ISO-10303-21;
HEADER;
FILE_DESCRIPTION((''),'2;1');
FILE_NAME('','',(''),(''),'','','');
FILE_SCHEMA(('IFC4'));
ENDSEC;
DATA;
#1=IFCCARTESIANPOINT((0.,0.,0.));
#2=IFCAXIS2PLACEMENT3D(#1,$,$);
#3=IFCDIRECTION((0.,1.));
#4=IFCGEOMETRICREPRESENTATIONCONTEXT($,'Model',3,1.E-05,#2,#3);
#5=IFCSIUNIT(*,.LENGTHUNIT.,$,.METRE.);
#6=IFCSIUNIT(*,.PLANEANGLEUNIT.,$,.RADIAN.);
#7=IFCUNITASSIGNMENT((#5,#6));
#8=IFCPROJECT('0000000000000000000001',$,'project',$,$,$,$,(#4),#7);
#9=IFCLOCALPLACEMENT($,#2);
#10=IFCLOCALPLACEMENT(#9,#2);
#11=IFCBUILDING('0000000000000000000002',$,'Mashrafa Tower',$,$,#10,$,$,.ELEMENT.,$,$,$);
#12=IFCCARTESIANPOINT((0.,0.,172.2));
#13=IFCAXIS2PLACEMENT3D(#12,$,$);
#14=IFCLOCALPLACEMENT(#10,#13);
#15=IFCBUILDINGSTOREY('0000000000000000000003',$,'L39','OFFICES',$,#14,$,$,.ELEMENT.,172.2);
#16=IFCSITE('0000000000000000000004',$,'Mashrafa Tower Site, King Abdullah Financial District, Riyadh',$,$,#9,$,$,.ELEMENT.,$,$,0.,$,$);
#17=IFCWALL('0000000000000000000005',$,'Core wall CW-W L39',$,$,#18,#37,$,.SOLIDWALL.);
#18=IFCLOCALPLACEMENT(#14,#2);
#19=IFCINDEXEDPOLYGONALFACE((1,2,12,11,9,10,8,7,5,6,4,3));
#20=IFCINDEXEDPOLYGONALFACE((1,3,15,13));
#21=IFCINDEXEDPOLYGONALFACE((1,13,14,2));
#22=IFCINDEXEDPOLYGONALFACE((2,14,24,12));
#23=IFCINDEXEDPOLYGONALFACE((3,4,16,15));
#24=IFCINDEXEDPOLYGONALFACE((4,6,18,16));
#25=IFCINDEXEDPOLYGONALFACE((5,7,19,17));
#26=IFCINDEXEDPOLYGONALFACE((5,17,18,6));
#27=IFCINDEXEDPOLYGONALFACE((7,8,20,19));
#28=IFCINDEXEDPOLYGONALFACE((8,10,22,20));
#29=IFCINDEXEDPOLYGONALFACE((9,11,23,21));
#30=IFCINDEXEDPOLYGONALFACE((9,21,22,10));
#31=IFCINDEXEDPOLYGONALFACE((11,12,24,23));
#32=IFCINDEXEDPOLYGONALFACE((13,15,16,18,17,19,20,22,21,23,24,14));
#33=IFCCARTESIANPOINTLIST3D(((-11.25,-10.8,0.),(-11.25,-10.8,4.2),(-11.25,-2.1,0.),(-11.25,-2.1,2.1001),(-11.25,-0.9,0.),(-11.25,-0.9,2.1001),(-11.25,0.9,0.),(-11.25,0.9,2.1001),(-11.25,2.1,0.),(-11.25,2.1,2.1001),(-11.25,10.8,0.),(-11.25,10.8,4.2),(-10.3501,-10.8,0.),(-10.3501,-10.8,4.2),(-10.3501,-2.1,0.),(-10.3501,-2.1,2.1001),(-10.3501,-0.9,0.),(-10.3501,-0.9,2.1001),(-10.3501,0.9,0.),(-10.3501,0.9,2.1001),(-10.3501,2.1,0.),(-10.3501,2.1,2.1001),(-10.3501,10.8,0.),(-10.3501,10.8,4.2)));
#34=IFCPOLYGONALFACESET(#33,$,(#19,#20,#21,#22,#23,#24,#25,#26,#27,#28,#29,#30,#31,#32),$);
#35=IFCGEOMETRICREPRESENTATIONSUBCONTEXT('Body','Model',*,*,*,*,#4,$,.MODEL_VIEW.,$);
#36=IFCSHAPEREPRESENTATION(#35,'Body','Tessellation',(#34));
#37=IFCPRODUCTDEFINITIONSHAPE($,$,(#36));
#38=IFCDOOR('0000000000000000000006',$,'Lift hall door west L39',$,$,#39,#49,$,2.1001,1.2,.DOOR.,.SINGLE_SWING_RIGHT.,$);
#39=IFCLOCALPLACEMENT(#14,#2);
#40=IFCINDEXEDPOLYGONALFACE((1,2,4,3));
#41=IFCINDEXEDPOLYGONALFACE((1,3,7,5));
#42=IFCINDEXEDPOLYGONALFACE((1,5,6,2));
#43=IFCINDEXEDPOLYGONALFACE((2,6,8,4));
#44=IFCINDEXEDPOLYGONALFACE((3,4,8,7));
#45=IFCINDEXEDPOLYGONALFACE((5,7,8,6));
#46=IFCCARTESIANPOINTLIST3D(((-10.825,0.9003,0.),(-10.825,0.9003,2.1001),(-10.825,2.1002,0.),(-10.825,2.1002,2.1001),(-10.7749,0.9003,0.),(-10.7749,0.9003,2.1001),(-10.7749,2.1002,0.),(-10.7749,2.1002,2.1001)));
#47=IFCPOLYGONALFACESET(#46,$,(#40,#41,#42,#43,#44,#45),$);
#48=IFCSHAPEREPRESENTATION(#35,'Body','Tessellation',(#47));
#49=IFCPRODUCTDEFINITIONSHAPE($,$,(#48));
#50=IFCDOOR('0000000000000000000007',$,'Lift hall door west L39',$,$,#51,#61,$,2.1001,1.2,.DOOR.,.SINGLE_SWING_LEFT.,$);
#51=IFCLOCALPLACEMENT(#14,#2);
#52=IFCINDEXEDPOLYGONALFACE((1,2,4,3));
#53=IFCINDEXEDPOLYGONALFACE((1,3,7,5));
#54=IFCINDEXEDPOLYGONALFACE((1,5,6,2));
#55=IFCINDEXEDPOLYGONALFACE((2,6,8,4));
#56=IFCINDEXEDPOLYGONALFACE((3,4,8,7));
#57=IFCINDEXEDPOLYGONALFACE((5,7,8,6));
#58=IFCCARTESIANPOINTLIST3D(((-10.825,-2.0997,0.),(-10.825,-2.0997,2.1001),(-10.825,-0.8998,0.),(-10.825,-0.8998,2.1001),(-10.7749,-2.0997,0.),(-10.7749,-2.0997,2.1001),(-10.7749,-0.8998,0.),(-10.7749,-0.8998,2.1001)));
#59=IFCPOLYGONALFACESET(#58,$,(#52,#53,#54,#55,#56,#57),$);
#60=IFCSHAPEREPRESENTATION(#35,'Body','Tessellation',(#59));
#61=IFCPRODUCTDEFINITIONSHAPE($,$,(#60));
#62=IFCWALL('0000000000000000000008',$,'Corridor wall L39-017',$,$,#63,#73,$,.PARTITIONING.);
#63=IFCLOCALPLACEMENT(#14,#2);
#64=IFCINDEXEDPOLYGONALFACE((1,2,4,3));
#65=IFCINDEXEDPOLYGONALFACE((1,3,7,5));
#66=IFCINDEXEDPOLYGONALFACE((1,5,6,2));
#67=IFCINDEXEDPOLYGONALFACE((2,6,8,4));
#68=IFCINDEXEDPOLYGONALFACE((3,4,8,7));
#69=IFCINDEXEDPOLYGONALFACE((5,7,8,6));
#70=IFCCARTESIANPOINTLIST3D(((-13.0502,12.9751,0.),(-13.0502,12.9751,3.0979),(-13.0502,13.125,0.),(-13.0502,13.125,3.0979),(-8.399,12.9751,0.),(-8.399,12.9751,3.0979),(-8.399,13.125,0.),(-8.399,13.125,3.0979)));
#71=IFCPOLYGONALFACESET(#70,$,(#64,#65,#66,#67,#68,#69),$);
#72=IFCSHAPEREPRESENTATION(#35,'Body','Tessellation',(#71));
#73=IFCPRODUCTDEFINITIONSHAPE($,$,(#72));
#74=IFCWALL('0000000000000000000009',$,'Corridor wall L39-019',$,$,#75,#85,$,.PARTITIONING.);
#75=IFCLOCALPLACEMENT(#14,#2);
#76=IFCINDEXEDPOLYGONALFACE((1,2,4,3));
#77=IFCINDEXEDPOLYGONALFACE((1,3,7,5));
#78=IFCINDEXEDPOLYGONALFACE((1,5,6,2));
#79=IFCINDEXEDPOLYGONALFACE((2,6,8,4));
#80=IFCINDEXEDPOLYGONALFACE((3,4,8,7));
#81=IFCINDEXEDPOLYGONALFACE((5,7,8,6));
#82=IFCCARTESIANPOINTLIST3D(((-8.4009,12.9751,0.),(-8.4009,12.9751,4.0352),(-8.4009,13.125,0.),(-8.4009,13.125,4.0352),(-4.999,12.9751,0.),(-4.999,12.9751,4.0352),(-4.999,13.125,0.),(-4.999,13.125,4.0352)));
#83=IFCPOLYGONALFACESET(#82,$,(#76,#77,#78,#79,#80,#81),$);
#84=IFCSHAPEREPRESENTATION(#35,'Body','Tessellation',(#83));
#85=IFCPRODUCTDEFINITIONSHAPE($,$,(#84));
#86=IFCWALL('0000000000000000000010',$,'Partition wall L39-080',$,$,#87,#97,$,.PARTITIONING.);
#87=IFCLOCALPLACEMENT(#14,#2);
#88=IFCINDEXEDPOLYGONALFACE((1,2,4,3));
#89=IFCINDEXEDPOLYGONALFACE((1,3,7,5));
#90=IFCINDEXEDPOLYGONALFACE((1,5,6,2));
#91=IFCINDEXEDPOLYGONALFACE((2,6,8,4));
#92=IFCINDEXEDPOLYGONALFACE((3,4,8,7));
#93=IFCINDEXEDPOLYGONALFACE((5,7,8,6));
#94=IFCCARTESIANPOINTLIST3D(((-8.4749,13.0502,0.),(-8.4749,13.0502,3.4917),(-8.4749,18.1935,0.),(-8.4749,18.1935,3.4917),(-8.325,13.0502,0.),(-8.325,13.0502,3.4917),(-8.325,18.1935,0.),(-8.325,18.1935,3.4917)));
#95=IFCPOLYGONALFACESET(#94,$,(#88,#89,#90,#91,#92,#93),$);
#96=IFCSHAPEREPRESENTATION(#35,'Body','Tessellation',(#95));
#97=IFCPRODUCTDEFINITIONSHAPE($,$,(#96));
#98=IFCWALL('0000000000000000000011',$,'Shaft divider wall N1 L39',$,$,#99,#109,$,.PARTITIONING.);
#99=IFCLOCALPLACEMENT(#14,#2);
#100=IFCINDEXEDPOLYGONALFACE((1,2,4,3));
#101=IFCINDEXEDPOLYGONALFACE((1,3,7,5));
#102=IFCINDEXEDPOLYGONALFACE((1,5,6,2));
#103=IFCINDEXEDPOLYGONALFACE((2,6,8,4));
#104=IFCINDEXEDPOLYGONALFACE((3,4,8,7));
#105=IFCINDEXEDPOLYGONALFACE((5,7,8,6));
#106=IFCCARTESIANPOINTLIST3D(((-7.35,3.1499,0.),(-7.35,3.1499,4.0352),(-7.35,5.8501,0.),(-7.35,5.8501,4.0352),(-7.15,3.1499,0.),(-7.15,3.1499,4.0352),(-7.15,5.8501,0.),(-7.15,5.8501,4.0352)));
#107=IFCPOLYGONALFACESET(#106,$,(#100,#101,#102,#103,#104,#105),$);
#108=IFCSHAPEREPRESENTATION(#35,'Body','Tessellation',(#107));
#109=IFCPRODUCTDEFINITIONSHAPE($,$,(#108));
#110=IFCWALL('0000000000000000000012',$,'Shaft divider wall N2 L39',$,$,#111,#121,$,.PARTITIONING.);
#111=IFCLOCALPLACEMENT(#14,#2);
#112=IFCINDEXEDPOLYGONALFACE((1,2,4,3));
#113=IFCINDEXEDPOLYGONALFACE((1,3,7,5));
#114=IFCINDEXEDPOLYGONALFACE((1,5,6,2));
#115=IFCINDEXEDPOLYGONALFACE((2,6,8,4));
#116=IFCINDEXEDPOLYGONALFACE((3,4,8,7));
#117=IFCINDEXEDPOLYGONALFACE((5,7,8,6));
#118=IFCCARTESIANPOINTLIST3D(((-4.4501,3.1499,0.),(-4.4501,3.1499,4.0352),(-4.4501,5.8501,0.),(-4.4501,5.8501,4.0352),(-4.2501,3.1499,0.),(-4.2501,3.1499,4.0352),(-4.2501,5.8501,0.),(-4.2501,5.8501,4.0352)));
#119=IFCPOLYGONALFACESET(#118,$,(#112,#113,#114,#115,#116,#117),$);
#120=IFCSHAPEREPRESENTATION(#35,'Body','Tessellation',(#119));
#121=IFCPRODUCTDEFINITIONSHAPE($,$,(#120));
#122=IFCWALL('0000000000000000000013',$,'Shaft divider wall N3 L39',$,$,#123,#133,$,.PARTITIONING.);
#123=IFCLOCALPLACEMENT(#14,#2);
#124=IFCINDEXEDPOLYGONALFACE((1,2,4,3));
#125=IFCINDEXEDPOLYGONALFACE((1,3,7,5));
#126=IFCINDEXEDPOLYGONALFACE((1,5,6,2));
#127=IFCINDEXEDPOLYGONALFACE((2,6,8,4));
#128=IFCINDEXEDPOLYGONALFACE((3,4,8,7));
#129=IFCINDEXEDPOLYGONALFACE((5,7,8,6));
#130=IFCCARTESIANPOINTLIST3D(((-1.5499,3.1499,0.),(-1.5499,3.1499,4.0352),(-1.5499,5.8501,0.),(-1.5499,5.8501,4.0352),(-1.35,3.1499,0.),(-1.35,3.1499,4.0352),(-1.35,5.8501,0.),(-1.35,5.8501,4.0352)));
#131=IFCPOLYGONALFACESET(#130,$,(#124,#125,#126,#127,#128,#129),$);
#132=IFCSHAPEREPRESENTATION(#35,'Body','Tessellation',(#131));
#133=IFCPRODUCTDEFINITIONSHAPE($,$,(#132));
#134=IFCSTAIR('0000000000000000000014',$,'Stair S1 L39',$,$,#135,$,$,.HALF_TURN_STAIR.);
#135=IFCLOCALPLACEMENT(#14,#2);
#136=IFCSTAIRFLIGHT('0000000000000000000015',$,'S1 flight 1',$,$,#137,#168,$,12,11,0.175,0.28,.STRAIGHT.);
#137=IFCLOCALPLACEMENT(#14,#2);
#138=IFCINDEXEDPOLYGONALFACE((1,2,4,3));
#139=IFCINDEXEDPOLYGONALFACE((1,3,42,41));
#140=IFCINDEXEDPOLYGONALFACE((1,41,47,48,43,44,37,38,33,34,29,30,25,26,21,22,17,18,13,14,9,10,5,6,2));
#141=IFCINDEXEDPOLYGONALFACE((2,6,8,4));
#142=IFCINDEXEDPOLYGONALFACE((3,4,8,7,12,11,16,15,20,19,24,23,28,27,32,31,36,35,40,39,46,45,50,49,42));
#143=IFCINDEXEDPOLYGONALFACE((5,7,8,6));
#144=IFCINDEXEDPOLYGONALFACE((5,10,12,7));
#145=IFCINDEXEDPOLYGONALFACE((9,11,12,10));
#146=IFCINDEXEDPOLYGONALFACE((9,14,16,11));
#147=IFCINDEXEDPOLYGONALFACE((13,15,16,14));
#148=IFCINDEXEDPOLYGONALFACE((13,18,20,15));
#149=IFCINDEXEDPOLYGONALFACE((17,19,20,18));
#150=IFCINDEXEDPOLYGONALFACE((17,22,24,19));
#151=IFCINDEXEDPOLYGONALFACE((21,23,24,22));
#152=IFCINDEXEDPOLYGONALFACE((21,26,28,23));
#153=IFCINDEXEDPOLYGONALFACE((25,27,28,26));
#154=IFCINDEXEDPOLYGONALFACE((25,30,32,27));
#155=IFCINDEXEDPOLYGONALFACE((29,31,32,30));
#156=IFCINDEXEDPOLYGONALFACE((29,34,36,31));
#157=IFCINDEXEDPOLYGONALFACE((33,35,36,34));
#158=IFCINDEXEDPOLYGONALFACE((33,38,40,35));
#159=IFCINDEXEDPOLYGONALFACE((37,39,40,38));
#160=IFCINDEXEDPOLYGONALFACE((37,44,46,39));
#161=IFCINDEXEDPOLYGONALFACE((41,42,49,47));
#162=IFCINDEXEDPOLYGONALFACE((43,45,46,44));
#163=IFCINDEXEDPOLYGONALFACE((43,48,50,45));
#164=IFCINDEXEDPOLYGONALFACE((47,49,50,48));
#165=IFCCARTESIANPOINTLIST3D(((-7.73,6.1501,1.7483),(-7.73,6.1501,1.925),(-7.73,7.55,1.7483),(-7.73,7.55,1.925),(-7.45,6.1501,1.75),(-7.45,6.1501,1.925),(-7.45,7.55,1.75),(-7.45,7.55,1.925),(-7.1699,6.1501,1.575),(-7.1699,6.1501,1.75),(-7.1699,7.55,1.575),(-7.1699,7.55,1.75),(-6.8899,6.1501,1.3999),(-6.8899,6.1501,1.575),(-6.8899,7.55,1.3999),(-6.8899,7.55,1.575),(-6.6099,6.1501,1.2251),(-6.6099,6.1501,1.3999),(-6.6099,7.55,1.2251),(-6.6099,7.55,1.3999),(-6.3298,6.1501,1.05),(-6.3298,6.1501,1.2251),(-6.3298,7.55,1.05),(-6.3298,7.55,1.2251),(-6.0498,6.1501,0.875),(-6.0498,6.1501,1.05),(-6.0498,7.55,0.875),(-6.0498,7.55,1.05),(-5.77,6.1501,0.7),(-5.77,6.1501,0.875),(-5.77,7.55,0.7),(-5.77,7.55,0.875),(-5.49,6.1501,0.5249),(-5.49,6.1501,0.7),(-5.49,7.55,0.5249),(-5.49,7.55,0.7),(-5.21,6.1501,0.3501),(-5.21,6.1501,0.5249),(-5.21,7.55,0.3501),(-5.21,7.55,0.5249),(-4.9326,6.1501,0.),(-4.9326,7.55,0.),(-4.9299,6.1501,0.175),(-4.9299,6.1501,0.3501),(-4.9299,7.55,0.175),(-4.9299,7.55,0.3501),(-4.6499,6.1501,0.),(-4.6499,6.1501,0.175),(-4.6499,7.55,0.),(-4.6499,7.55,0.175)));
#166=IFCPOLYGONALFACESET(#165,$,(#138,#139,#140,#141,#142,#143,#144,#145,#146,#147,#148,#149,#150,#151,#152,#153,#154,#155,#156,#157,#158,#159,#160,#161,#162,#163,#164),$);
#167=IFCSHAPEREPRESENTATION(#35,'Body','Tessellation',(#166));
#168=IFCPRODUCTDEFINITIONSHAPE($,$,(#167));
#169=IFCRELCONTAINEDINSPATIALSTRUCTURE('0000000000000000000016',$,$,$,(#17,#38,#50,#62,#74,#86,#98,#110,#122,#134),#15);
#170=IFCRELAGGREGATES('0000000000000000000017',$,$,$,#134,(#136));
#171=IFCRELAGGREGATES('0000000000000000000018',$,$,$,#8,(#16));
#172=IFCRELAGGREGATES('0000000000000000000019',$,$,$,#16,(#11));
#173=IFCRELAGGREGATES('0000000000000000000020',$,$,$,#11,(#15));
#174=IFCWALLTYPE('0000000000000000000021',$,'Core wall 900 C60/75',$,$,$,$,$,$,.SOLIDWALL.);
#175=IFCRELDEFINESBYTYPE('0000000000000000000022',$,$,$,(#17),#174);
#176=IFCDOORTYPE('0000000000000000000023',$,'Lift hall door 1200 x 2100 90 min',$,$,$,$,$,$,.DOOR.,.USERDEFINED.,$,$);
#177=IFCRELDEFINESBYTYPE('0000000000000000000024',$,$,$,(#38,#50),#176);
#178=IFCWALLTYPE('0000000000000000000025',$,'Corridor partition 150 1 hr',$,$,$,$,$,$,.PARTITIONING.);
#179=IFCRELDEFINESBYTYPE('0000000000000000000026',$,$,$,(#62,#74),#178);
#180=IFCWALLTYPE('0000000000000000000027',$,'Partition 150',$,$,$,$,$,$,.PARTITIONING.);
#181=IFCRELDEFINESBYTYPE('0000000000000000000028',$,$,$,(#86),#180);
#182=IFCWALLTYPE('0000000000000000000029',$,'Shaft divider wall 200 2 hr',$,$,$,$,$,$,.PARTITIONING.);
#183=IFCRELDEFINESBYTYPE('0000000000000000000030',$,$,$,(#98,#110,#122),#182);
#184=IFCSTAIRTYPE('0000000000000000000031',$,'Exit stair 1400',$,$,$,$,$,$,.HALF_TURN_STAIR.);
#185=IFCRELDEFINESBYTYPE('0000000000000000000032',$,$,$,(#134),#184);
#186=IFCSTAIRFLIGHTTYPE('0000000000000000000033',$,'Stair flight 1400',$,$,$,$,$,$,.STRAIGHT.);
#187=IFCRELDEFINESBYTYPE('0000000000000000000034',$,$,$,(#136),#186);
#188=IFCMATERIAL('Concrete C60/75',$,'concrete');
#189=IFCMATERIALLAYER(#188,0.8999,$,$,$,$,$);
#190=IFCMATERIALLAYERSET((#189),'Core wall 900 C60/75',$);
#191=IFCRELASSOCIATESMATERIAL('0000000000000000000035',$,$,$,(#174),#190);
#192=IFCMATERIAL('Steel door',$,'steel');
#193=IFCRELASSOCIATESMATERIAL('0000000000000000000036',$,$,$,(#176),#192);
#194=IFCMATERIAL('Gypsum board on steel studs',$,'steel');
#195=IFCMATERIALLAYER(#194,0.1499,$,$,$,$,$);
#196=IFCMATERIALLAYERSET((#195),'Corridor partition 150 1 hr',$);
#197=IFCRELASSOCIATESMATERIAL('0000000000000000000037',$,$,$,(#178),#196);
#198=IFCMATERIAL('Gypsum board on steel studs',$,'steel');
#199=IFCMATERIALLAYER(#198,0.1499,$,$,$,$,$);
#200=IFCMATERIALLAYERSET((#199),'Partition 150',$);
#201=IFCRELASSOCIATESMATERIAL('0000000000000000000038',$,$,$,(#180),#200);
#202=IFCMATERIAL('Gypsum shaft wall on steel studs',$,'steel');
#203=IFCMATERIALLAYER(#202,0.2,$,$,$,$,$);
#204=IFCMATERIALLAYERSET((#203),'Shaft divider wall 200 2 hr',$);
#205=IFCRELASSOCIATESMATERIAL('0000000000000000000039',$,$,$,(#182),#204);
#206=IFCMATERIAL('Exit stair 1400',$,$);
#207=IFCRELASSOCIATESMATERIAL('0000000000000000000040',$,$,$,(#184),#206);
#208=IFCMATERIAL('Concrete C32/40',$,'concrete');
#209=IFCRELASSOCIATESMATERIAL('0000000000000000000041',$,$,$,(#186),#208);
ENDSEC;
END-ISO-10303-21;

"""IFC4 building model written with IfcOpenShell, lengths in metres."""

from ifc_helpers import new_model, si_unit, direction, frame, frame_2d, origin, place, context, subcontext, project, spatial, polyline, rectangle, outline, extrude, material, layer, layer_set, type_object, element, fill, aggregate, save


model = new_model("IFC4")

# Units and contexts
model_context = context("Model", 3, precision=1e-05, world=origin(), true_north=direction((0.0, 1.0)))
body_context = subcontext(model_context, "Body", "Model", "MODEL_VIEW")
ifc_project = project(units=[si_unit("LENGTHUNIT", "METRE"), si_unit("PLANEANGLEUNIT", "RADIAN")], contexts=[model_context])

# Site, building, storey
site_placement = place(None, origin())
site = spatial("IfcSite", under=ifc_project, at=site_placement, Name="Mashrafa Tower Site, King Abdullah Financial District, Riyadh", CompositionType="ELEMENT", RefElevation=0.0)
building_placement = place(site_placement, origin())
building = spatial("IfcBuilding", under=site, at=building_placement, Name="Mashrafa Tower", CompositionType="ELEMENT")
storey_placement = place(building_placement, frame((0.0, 0.0, 172.2)))
storey = spatial("IfcBuildingStorey", under=building, at=storey_placement, Name="L39", Description="OFFICES", CompositionType="ELEMENT", Elevation=172.2)

# Wall, openings, doors
ifc_material_1 = material(Name="Concrete C60/75", Category="concrete")
ifc_layer_1 = layer(ifc_material_1, 0.8999)
ifc_layer_set_1 = layer_set([ifc_layer_1], Name="Core wall 900 C60/75")
wall_type_1 = type_object("IfcWallType", Name="Core wall 900 C60/75", PredefinedType="SOLIDWALL", material=ifc_layer_set_1)
wall_1_placement = place(storey_placement, frame((-10.8, 10.8, 0.0), z_axis=(0.0, 0.0, 1.0), x_axis=(0.0, -1.0, 0.0)))
wall_1 = element("IfcWall", 1, at=wall_1_placement, inside=storey, type_object=wall_type_1, Name="Core wall CW-W L39", PredefinedType="SOLIDWALL", context=body_context, shape_type="SweptSolid", body=[
    extrude(rectangle(XDim=21.6001, YDim=0.8999, at=frame_2d((10.8, 0.0))), origin(), (0.0, 0.0, 1.0), 4.2),
])
opening_1_placement = place(wall_1_placement, frame((8.7, 0.0, 0.0)))
opening_1 = element("IfcOpeningElement", 2, at=opening_1_placement, cuts=wall_1, PredefinedType="OPENING", context=body_context, shape_type="SweptSolid", body=[
    extrude(rectangle(XDim=1.2, YDim=2.1001, at=frame_2d((0.6001, 1.05))), frame((0.0, 0.46, 0.0), z_axis=(0.0, -1.0, 0.0), x_axis=(1.0, 0.0, 0.0)), (0.0, 0.0, 1.0), 0.9199),
])
opening_2_placement = place(wall_1_placement, frame((11.7, 0.0, 0.0)))
opening_2 = element("IfcOpeningElement", 3, at=opening_2_placement, cuts=wall_1, PredefinedType="OPENING", context=body_context, shape_type="SweptSolid", body=[
    extrude(rectangle(XDim=1.2, YDim=2.1001, at=frame_2d((0.6001, 1.05))), frame((0.0, 0.46, 0.0), z_axis=(0.0, -1.0, 0.0), x_axis=(1.0, 0.0, 0.0)), (0.0, 0.0, 1.0), 0.9199),
])
ifc_material_2 = material(Name="Steel door", Category="steel")
door_type_1 = type_object("IfcDoorType", Name="Lift hall door 1200 x 2100 90 min", OperationType="USERDEFINED", PredefinedType="DOOR", material=ifc_material_2)
door_1_placement = place(opening_1_placement, frame((1.2, 0.0, 0.0), z_axis=(0.0, 0.0, 1.0), x_axis=(-1.0, 0.0, 0.0)))
door_1 = element("IfcDoor", 4, at=door_1_placement, inside=storey, type_object=door_type_1, Name="Lift hall door west L39", OperationType="SINGLE_SWING_RIGHT", OverallHeight=2.1001, OverallWidth=1.2, PredefinedType="DOOR", context=body_context, shape_type="SweptSolid", body=[
    extrude(rectangle(XDim=1.2, YDim=2.1001, at=frame_2d((0.6001, 1.05))), frame((0.0, 0.0249, 0.0), z_axis=(0.0, -1.0, 0.0), x_axis=(1.0, 0.0, 0.0)), (0.0, 0.0, 1.0), 0.05),
])
fill(opening_1, door_1)
door_2_placement = place(opening_2_placement, frame((1.2, 0.0, 0.0), z_axis=(0.0, 0.0, 1.0), x_axis=(-1.0, 0.0, 0.0)))
door_2 = element("IfcDoor", 5, at=door_2_placement, inside=storey, type_object=door_type_1, Name="Lift hall door west L39", OperationType="SINGLE_SWING_LEFT", OverallHeight=2.1001, OverallWidth=1.2, PredefinedType="DOOR", context=body_context, shape_type="SweptSolid", body=[
    extrude(rectangle(XDim=1.2, YDim=2.1001, at=frame_2d((0.6001, 1.05))), frame((0.0, 0.0249, 0.0), z_axis=(0.0, -1.0, 0.0), x_axis=(1.0, 0.0, 0.0)), (0.0, 0.0, 1.0), 0.05),
])
fill(opening_2, door_2)

# Walls
ifc_material_3 = material(Name="Gypsum board on steel studs", Category="steel")
ifc_layer_2 = layer(ifc_material_3, 0.1499)
ifc_layer_set_2 = layer_set([ifc_layer_2], Name="Corridor partition 150 1 hr")
wall_type_2 = type_object("IfcWallType", Name="Corridor partition 150 1 hr", PredefinedType="PARTITIONING", material=ifc_layer_set_2)
wall_2_placement = place(storey_placement, frame((-8.3989, 13.05, 0.0), z_axis=(0.0, 0.0, 1.0), x_axis=(-1.0, 0.0, 0.0)))
element("IfcWall", 6, at=wall_2_placement, inside=storey, type_object=wall_type_2, Name="Corridor wall L39-017", PredefinedType="PARTITIONING", context=body_context, shape_type="SweptSolid", body=[
    extrude(rectangle(XDim=4.6511, YDim=0.1499, at=frame_2d((2.3257, 0.0))), origin(), (0.0, 0.0, 1.0), 3.0979),
])
wall_3_placement = place(storey_placement, frame((-4.999, 13.05, 0.0), z_axis=(0.0, 0.0, 1.0), x_axis=(-1.0, 0.0, 0.0)))
element("IfcWall", 7, at=wall_3_placement, inside=storey, type_object=wall_type_2, Name="Corridor wall L39-019", PredefinedType="PARTITIONING", context=body_context, shape_type="SweptSolid", body=[
    extrude(rectangle(XDim=3.4019, YDim=0.1499, at=frame_2d((1.7009, 0.0))), origin(), (0.0, 0.0, 1.0), 4.0352),
])
ifc_material_4 = material(Name="Gypsum board on steel studs", Category="steel")
ifc_layer_3 = layer(ifc_material_4, 0.1499)
ifc_layer_set_3 = layer_set([ifc_layer_3], Name="Partition 150")
wall_type_3 = type_object("IfcWallType", Name="Partition 150", PredefinedType="PARTITIONING", material=ifc_layer_set_3)
wall_4_placement = place(storey_placement, frame((-8.3999, 13.05, 0.0), z_axis=(0.0, 0.0, 1.0), x_axis=(0.0, 1.0, 0.0)))
element("IfcWall", 8, at=wall_4_placement, inside=storey, type_object=wall_type_3, Name="Partition wall L39-080", PredefinedType="PARTITIONING", context=body_context, shape_type="SweptSolid", body=[
    extrude(rectangle(XDim=5.1433, YDim=0.1499, at=frame_2d((2.5718, 0.0))), origin(), (0.0, 0.0, 1.0), 3.4917),
])
ifc_material_5 = material(Name="Gypsum shaft wall on steel studs", Category="steel")
ifc_layer_4 = layer(ifc_material_5, 0.2)
ifc_layer_set_4 = layer_set([ifc_layer_4], Name="Shaft divider wall 200 2 hr")
wall_type_4 = type_object("IfcWallType", Name="Shaft divider wall 200 2 hr", PredefinedType="PARTITIONING", material=ifc_layer_set_4)
for number, where, z_axis, x_axis, name in (
    (9, (-7.25, 3.1499, 0.0), (0.0, 0.0, 1.0), (0.0, 1.0, 0.0), "Shaft divider wall N1 L39"),
    (10, (-4.3501, 3.1499, 0.0), (0.0, 0.0, 1.0), (0.0, 1.0, 0.0), "Shaft divider wall N2 L39"),
    (11, (-1.45, 3.1499, 0.0), (0.0, 0.0, 1.0), (0.0, 1.0, 0.0), "Shaft divider wall N3 L39"),
):
    element("IfcWall", number, at=place(storey_placement, frame(where, z_axis=z_axis, x_axis=x_axis)), inside=storey, type_object=wall_type_4, Name=name, PredefinedType="PARTITIONING", context=body_context, shape_type="SweptSolid", body=[
        extrude(rectangle(XDim=2.7002, YDim=0.2, at=frame_2d((1.3501, 0.0))), origin(), (0.0, 0.0, 1.0), 4.0352),
    ])

# Stair, stair flight
ifc_material_6 = material(Name="Exit stair 1400")
stair_type = type_object("IfcStairType", Name="Exit stair 1400", PredefinedType="HALF_TURN_STAIR", material=ifc_material_6)
stair_placement = place(storey_placement, origin())
stair = element("IfcStair", 12, at=stair_placement, inside=storey, type_object=stair_type, Name="Stair S1 L39", PredefinedType="HALF_TURN_STAIR")
ifc_material_7 = material(Name="Concrete C32/40", Category="concrete")
stair_flight_type = type_object("IfcStairFlightType", Name="Stair flight 1400", PredefinedType="STRAIGHT", material=ifc_material_7)
stair_flight_1_placement = place(storey_placement, frame((-4.6499, 6.8501, 0.0), z_axis=(0.0, 0.0, 1.0), x_axis=(-1.0, 0.0, 0.0)))
stair_flight_1 = element("IfcStairFlight", 13, at=stair_flight_1_placement, type_object=stair_flight_type, Name="S1 flight 1", NumberOfRisers=12, NumberOfTreads=11, PredefinedType="STRAIGHT", RiserHeight=0.175, TreadLength=0.28, context=body_context, shape_type="SweptSolid", body=[
    extrude(outline(polyline([(0.0, 0.0), (0.0, 0.175), (0.28, 0.175), (0.28, 0.3501), (0.5601, 0.3501), (0.5601, 0.5249), (0.8401, 0.5249), (0.8401, 0.7), (1.1201, 0.7), (1.1201, 0.875), (1.3999, 0.875), (1.3999, 1.05), (1.6799, 1.05), (1.6799, 1.2251), (1.96, 1.2251), (1.96, 1.3999), (2.24, 1.3999), (2.24, 1.575), (2.52, 1.575), (2.52, 1.75), (2.8, 1.75), (2.8, 1.925), (3.0801, 1.925), (3.0801, 2.1001), (3.0801, 1.7483), (0.2827, 0.0), (0.0, 0.0)])), frame((0.0, 0.7, 0.0), z_axis=(0.0, -1.0, 0.0), x_axis=(1.0, 0.0, 0.0)), (0.0, 0.0, 1.0), 1.3999),
])
aggregate(stair, [stair_flight_1])

save(model, "model.ifc")
